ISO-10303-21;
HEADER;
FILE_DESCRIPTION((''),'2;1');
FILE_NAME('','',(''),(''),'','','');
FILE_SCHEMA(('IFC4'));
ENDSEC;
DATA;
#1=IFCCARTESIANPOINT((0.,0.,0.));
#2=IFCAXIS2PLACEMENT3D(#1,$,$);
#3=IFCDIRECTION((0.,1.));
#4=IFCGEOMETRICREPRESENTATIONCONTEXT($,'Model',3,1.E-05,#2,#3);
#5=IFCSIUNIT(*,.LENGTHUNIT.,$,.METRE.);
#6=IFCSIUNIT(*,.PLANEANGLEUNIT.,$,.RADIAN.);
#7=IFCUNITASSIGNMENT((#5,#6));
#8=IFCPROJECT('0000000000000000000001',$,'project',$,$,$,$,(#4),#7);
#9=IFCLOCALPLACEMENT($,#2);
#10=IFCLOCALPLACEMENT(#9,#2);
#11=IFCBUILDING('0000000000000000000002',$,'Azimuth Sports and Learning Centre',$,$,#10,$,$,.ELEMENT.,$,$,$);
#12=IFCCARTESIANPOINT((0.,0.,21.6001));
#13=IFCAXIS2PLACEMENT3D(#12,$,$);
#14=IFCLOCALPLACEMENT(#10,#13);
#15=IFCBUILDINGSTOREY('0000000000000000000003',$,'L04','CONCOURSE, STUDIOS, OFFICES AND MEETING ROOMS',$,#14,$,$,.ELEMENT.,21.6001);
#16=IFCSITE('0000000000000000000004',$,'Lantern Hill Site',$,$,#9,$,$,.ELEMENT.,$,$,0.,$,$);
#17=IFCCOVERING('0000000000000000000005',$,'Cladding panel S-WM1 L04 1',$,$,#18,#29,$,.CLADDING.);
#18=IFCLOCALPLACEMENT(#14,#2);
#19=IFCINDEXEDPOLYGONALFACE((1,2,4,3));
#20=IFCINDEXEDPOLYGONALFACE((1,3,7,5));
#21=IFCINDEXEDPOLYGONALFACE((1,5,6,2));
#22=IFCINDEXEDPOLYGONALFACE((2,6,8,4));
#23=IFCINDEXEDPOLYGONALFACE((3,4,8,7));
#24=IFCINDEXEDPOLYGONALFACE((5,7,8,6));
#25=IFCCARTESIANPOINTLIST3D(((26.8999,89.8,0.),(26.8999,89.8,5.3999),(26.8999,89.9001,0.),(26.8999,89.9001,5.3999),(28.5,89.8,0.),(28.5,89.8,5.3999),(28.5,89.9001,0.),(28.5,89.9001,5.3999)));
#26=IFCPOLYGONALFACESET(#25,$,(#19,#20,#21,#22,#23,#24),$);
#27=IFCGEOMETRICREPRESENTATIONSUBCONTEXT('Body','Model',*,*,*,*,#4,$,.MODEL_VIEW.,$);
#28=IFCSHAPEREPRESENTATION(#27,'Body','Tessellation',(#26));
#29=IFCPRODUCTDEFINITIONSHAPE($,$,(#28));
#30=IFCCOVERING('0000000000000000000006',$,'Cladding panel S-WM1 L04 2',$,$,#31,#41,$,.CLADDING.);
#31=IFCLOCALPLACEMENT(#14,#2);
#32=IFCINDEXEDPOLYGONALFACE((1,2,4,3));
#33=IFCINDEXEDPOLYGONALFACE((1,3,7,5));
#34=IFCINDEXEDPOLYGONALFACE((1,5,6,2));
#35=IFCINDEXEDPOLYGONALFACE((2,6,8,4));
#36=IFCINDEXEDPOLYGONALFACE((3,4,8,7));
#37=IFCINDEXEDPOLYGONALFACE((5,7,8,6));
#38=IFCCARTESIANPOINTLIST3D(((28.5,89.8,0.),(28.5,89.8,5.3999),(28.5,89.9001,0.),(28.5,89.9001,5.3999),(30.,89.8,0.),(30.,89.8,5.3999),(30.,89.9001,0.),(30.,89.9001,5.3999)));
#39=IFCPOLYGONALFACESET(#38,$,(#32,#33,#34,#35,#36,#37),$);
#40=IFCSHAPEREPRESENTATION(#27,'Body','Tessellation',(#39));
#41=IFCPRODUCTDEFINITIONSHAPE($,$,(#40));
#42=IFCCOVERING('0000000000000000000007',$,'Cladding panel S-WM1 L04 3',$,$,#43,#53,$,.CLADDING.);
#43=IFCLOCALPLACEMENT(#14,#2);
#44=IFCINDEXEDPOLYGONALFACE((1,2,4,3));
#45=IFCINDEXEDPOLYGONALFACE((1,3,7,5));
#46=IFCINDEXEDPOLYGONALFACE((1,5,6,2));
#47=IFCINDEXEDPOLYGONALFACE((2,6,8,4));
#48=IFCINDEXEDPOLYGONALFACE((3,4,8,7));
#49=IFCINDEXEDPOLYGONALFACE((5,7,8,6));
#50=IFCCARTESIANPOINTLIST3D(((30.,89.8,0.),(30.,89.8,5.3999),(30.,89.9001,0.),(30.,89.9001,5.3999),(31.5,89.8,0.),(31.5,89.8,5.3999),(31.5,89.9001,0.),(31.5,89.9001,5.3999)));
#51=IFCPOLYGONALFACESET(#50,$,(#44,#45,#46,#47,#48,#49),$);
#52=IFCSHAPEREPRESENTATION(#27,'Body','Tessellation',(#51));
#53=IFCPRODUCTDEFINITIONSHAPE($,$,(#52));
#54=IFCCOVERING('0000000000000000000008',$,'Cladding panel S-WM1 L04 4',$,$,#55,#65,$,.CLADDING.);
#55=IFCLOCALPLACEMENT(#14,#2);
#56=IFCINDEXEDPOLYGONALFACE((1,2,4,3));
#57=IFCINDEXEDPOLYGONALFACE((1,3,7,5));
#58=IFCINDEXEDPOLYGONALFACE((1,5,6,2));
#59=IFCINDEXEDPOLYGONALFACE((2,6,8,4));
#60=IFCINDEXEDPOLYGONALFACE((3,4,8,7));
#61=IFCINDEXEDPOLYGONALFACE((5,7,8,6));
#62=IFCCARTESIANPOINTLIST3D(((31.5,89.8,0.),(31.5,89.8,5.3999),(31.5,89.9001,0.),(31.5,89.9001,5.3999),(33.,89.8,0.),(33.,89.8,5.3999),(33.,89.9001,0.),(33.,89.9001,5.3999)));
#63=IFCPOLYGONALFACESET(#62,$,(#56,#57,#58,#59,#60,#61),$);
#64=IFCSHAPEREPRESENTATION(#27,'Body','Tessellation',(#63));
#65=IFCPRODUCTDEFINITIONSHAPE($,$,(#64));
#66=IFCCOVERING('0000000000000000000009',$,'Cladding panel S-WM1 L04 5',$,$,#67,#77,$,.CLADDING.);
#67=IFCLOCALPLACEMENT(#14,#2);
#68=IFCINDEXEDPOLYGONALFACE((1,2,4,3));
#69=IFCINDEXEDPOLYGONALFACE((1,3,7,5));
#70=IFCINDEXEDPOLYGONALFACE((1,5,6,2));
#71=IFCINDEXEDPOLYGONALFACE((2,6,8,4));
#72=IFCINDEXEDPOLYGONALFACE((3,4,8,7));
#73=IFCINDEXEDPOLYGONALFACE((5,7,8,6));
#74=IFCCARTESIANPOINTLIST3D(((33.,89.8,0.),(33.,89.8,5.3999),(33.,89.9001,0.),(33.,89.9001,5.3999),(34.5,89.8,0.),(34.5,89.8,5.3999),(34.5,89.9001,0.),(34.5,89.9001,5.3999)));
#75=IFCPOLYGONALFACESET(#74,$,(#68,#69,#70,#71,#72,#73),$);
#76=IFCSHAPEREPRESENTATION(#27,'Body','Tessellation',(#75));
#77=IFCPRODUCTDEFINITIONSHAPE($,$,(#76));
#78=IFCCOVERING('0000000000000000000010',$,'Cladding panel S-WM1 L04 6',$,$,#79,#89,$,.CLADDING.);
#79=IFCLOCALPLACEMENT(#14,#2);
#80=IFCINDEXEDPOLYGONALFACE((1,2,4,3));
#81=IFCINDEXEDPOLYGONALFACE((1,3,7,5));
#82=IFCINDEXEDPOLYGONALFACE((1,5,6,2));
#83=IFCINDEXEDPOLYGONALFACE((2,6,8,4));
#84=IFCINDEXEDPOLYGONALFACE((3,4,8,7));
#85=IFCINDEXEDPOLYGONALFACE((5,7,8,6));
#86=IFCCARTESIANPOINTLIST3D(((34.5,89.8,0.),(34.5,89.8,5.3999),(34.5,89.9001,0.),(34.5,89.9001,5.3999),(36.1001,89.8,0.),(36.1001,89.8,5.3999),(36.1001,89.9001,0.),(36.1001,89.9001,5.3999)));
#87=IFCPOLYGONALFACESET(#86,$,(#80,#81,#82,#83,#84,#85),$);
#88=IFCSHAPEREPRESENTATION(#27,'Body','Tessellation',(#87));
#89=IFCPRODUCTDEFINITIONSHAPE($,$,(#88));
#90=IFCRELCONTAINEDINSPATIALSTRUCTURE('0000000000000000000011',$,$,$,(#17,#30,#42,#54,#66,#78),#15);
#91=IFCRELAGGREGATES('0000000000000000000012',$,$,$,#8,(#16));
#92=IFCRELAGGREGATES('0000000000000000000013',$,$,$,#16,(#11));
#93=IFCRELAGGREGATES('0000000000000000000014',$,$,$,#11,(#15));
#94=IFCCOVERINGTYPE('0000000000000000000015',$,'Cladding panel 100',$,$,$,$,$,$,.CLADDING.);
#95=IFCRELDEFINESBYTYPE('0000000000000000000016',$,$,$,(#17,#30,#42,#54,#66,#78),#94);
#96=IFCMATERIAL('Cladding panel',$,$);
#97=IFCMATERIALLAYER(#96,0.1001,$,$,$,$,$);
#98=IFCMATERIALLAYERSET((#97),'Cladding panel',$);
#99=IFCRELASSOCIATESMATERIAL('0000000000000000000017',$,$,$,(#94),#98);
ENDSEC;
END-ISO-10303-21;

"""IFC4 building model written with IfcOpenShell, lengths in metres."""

from ifc_helpers import new_model, si_unit, direction, frame, origin, origin_2d, place, context, subcontext, project, spatial, rectangle, extrude, material, layer, layer_set, type_object, element, save


model = new_model("IFC4")

# Units and contexts
model_context = context("Model", 3, precision=1e-05, world=origin(), true_north=direction((0.0, 1.0)))
body_context = subcontext(model_context, "Body", "Model", "MODEL_VIEW")
ifc_project = project(units=[si_unit("LENGTHUNIT", "METRE"), si_unit("PLANEANGLEUNIT", "RADIAN")], contexts=[model_context])

# Site, building, storey
site_placement = place(None, origin())
site = spatial("IfcSite", under=ifc_project, at=site_placement, Name="Lantern Hill Site", CompositionType="ELEMENT", RefElevation=0.0)
building_placement = place(site_placement, origin())
building = spatial("IfcBuilding", under=site, at=building_placement, Name="Azimuth Sports and Learning Centre", CompositionType="ELEMENT")
storey_placement = place(building_placement, frame((0.0, 0.0, 21.6001)))
storey = spatial("IfcBuildingStorey", under=building, at=storey_placement, Name="L04", Description="CONCOURSE, STUDIOS, OFFICES AND MEETING ROOMS", CompositionType="ELEMENT", Elevation=21.6001)

# Coverings
ifc_material_1 = material(Name="Cladding panel")
ifc_layer_1 = layer(ifc_material_1, 0.1001)
ifc_layer_set_1 = layer_set([ifc_layer_1], Name="Cladding panel")
covering_type = type_object("IfcCoveringType", Name="Cladding panel 100", PredefinedType="CLADDING", material=ifc_layer_set_1)
covering_1_placement = place(storey_placement, frame((27.7, 89.8501, 0.0), z_axis=(0.0, 0.0, 1.0), x_axis=(1.0, 0.0, 0.0)))
element("IfcCovering", 1, at=covering_1_placement, inside=storey, type_object=covering_type, Name="Cladding panel S-WM1 L04 1", PredefinedType="CLADDING", context=body_context, shape_type="SweptSolid", body=[
    extrude(rectangle(XDim=1.6001, YDim=0.1001, at=origin_2d()), origin(), (0.0, 0.0, 1.0), 5.3999),
])
for number, where, z_axis, x_axis, name in (
    (2, (29.25, 89.8501, 0.0), (0.0, 0.0, 1.0), (1.0, 0.0, 0.0), "Cladding panel S-WM1 L04 2"),
    (3, (30.75, 89.8501, 0.0), (0.0, 0.0, 1.0), (1.0, 0.0, 0.0), "Cladding panel S-WM1 L04 3"),
    (4, (32.25, 89.8501, 0.0), (0.0, 0.0, 1.0), (1.0, 0.0, 0.0), "Cladding panel S-WM1 L04 4"),
    (5, (33.75, 89.8501, 0.0), (0.0, 0.0, 1.0), (1.0, 0.0, 0.0), "Cladding panel S-WM1 L04 5"),
):
    element("IfcCovering", number, at=place(storey_placement, frame(where, z_axis=z_axis, x_axis=x_axis)), inside=storey, type_object=covering_type, Name=name, PredefinedType="CLADDING", context=body_context, shape_type="SweptSolid", body=[
        extrude(rectangle(XDim=1.5, YDim=0.1001, at=origin_2d()), origin(), (0.0, 0.0, 1.0), 5.3999),
    ])
covering_2_placement = place(storey_placement, frame((35.3, 89.8501, 0.0), z_axis=(0.0, 0.0, 1.0), x_axis=(1.0, 0.0, 0.0)))
element("IfcCovering", 6, at=covering_2_placement, inside=storey, type_object=covering_type, Name="Cladding panel S-WM1 L04 6", PredefinedType="CLADDING", context=body_context, shape_type="SweptSolid", body=[
    extrude(rectangle(XDim=1.6001, YDim=0.1001, at=origin_2d()), origin(), (0.0, 0.0, 1.0), 5.3999),
])

save(model, "model.ifc")
